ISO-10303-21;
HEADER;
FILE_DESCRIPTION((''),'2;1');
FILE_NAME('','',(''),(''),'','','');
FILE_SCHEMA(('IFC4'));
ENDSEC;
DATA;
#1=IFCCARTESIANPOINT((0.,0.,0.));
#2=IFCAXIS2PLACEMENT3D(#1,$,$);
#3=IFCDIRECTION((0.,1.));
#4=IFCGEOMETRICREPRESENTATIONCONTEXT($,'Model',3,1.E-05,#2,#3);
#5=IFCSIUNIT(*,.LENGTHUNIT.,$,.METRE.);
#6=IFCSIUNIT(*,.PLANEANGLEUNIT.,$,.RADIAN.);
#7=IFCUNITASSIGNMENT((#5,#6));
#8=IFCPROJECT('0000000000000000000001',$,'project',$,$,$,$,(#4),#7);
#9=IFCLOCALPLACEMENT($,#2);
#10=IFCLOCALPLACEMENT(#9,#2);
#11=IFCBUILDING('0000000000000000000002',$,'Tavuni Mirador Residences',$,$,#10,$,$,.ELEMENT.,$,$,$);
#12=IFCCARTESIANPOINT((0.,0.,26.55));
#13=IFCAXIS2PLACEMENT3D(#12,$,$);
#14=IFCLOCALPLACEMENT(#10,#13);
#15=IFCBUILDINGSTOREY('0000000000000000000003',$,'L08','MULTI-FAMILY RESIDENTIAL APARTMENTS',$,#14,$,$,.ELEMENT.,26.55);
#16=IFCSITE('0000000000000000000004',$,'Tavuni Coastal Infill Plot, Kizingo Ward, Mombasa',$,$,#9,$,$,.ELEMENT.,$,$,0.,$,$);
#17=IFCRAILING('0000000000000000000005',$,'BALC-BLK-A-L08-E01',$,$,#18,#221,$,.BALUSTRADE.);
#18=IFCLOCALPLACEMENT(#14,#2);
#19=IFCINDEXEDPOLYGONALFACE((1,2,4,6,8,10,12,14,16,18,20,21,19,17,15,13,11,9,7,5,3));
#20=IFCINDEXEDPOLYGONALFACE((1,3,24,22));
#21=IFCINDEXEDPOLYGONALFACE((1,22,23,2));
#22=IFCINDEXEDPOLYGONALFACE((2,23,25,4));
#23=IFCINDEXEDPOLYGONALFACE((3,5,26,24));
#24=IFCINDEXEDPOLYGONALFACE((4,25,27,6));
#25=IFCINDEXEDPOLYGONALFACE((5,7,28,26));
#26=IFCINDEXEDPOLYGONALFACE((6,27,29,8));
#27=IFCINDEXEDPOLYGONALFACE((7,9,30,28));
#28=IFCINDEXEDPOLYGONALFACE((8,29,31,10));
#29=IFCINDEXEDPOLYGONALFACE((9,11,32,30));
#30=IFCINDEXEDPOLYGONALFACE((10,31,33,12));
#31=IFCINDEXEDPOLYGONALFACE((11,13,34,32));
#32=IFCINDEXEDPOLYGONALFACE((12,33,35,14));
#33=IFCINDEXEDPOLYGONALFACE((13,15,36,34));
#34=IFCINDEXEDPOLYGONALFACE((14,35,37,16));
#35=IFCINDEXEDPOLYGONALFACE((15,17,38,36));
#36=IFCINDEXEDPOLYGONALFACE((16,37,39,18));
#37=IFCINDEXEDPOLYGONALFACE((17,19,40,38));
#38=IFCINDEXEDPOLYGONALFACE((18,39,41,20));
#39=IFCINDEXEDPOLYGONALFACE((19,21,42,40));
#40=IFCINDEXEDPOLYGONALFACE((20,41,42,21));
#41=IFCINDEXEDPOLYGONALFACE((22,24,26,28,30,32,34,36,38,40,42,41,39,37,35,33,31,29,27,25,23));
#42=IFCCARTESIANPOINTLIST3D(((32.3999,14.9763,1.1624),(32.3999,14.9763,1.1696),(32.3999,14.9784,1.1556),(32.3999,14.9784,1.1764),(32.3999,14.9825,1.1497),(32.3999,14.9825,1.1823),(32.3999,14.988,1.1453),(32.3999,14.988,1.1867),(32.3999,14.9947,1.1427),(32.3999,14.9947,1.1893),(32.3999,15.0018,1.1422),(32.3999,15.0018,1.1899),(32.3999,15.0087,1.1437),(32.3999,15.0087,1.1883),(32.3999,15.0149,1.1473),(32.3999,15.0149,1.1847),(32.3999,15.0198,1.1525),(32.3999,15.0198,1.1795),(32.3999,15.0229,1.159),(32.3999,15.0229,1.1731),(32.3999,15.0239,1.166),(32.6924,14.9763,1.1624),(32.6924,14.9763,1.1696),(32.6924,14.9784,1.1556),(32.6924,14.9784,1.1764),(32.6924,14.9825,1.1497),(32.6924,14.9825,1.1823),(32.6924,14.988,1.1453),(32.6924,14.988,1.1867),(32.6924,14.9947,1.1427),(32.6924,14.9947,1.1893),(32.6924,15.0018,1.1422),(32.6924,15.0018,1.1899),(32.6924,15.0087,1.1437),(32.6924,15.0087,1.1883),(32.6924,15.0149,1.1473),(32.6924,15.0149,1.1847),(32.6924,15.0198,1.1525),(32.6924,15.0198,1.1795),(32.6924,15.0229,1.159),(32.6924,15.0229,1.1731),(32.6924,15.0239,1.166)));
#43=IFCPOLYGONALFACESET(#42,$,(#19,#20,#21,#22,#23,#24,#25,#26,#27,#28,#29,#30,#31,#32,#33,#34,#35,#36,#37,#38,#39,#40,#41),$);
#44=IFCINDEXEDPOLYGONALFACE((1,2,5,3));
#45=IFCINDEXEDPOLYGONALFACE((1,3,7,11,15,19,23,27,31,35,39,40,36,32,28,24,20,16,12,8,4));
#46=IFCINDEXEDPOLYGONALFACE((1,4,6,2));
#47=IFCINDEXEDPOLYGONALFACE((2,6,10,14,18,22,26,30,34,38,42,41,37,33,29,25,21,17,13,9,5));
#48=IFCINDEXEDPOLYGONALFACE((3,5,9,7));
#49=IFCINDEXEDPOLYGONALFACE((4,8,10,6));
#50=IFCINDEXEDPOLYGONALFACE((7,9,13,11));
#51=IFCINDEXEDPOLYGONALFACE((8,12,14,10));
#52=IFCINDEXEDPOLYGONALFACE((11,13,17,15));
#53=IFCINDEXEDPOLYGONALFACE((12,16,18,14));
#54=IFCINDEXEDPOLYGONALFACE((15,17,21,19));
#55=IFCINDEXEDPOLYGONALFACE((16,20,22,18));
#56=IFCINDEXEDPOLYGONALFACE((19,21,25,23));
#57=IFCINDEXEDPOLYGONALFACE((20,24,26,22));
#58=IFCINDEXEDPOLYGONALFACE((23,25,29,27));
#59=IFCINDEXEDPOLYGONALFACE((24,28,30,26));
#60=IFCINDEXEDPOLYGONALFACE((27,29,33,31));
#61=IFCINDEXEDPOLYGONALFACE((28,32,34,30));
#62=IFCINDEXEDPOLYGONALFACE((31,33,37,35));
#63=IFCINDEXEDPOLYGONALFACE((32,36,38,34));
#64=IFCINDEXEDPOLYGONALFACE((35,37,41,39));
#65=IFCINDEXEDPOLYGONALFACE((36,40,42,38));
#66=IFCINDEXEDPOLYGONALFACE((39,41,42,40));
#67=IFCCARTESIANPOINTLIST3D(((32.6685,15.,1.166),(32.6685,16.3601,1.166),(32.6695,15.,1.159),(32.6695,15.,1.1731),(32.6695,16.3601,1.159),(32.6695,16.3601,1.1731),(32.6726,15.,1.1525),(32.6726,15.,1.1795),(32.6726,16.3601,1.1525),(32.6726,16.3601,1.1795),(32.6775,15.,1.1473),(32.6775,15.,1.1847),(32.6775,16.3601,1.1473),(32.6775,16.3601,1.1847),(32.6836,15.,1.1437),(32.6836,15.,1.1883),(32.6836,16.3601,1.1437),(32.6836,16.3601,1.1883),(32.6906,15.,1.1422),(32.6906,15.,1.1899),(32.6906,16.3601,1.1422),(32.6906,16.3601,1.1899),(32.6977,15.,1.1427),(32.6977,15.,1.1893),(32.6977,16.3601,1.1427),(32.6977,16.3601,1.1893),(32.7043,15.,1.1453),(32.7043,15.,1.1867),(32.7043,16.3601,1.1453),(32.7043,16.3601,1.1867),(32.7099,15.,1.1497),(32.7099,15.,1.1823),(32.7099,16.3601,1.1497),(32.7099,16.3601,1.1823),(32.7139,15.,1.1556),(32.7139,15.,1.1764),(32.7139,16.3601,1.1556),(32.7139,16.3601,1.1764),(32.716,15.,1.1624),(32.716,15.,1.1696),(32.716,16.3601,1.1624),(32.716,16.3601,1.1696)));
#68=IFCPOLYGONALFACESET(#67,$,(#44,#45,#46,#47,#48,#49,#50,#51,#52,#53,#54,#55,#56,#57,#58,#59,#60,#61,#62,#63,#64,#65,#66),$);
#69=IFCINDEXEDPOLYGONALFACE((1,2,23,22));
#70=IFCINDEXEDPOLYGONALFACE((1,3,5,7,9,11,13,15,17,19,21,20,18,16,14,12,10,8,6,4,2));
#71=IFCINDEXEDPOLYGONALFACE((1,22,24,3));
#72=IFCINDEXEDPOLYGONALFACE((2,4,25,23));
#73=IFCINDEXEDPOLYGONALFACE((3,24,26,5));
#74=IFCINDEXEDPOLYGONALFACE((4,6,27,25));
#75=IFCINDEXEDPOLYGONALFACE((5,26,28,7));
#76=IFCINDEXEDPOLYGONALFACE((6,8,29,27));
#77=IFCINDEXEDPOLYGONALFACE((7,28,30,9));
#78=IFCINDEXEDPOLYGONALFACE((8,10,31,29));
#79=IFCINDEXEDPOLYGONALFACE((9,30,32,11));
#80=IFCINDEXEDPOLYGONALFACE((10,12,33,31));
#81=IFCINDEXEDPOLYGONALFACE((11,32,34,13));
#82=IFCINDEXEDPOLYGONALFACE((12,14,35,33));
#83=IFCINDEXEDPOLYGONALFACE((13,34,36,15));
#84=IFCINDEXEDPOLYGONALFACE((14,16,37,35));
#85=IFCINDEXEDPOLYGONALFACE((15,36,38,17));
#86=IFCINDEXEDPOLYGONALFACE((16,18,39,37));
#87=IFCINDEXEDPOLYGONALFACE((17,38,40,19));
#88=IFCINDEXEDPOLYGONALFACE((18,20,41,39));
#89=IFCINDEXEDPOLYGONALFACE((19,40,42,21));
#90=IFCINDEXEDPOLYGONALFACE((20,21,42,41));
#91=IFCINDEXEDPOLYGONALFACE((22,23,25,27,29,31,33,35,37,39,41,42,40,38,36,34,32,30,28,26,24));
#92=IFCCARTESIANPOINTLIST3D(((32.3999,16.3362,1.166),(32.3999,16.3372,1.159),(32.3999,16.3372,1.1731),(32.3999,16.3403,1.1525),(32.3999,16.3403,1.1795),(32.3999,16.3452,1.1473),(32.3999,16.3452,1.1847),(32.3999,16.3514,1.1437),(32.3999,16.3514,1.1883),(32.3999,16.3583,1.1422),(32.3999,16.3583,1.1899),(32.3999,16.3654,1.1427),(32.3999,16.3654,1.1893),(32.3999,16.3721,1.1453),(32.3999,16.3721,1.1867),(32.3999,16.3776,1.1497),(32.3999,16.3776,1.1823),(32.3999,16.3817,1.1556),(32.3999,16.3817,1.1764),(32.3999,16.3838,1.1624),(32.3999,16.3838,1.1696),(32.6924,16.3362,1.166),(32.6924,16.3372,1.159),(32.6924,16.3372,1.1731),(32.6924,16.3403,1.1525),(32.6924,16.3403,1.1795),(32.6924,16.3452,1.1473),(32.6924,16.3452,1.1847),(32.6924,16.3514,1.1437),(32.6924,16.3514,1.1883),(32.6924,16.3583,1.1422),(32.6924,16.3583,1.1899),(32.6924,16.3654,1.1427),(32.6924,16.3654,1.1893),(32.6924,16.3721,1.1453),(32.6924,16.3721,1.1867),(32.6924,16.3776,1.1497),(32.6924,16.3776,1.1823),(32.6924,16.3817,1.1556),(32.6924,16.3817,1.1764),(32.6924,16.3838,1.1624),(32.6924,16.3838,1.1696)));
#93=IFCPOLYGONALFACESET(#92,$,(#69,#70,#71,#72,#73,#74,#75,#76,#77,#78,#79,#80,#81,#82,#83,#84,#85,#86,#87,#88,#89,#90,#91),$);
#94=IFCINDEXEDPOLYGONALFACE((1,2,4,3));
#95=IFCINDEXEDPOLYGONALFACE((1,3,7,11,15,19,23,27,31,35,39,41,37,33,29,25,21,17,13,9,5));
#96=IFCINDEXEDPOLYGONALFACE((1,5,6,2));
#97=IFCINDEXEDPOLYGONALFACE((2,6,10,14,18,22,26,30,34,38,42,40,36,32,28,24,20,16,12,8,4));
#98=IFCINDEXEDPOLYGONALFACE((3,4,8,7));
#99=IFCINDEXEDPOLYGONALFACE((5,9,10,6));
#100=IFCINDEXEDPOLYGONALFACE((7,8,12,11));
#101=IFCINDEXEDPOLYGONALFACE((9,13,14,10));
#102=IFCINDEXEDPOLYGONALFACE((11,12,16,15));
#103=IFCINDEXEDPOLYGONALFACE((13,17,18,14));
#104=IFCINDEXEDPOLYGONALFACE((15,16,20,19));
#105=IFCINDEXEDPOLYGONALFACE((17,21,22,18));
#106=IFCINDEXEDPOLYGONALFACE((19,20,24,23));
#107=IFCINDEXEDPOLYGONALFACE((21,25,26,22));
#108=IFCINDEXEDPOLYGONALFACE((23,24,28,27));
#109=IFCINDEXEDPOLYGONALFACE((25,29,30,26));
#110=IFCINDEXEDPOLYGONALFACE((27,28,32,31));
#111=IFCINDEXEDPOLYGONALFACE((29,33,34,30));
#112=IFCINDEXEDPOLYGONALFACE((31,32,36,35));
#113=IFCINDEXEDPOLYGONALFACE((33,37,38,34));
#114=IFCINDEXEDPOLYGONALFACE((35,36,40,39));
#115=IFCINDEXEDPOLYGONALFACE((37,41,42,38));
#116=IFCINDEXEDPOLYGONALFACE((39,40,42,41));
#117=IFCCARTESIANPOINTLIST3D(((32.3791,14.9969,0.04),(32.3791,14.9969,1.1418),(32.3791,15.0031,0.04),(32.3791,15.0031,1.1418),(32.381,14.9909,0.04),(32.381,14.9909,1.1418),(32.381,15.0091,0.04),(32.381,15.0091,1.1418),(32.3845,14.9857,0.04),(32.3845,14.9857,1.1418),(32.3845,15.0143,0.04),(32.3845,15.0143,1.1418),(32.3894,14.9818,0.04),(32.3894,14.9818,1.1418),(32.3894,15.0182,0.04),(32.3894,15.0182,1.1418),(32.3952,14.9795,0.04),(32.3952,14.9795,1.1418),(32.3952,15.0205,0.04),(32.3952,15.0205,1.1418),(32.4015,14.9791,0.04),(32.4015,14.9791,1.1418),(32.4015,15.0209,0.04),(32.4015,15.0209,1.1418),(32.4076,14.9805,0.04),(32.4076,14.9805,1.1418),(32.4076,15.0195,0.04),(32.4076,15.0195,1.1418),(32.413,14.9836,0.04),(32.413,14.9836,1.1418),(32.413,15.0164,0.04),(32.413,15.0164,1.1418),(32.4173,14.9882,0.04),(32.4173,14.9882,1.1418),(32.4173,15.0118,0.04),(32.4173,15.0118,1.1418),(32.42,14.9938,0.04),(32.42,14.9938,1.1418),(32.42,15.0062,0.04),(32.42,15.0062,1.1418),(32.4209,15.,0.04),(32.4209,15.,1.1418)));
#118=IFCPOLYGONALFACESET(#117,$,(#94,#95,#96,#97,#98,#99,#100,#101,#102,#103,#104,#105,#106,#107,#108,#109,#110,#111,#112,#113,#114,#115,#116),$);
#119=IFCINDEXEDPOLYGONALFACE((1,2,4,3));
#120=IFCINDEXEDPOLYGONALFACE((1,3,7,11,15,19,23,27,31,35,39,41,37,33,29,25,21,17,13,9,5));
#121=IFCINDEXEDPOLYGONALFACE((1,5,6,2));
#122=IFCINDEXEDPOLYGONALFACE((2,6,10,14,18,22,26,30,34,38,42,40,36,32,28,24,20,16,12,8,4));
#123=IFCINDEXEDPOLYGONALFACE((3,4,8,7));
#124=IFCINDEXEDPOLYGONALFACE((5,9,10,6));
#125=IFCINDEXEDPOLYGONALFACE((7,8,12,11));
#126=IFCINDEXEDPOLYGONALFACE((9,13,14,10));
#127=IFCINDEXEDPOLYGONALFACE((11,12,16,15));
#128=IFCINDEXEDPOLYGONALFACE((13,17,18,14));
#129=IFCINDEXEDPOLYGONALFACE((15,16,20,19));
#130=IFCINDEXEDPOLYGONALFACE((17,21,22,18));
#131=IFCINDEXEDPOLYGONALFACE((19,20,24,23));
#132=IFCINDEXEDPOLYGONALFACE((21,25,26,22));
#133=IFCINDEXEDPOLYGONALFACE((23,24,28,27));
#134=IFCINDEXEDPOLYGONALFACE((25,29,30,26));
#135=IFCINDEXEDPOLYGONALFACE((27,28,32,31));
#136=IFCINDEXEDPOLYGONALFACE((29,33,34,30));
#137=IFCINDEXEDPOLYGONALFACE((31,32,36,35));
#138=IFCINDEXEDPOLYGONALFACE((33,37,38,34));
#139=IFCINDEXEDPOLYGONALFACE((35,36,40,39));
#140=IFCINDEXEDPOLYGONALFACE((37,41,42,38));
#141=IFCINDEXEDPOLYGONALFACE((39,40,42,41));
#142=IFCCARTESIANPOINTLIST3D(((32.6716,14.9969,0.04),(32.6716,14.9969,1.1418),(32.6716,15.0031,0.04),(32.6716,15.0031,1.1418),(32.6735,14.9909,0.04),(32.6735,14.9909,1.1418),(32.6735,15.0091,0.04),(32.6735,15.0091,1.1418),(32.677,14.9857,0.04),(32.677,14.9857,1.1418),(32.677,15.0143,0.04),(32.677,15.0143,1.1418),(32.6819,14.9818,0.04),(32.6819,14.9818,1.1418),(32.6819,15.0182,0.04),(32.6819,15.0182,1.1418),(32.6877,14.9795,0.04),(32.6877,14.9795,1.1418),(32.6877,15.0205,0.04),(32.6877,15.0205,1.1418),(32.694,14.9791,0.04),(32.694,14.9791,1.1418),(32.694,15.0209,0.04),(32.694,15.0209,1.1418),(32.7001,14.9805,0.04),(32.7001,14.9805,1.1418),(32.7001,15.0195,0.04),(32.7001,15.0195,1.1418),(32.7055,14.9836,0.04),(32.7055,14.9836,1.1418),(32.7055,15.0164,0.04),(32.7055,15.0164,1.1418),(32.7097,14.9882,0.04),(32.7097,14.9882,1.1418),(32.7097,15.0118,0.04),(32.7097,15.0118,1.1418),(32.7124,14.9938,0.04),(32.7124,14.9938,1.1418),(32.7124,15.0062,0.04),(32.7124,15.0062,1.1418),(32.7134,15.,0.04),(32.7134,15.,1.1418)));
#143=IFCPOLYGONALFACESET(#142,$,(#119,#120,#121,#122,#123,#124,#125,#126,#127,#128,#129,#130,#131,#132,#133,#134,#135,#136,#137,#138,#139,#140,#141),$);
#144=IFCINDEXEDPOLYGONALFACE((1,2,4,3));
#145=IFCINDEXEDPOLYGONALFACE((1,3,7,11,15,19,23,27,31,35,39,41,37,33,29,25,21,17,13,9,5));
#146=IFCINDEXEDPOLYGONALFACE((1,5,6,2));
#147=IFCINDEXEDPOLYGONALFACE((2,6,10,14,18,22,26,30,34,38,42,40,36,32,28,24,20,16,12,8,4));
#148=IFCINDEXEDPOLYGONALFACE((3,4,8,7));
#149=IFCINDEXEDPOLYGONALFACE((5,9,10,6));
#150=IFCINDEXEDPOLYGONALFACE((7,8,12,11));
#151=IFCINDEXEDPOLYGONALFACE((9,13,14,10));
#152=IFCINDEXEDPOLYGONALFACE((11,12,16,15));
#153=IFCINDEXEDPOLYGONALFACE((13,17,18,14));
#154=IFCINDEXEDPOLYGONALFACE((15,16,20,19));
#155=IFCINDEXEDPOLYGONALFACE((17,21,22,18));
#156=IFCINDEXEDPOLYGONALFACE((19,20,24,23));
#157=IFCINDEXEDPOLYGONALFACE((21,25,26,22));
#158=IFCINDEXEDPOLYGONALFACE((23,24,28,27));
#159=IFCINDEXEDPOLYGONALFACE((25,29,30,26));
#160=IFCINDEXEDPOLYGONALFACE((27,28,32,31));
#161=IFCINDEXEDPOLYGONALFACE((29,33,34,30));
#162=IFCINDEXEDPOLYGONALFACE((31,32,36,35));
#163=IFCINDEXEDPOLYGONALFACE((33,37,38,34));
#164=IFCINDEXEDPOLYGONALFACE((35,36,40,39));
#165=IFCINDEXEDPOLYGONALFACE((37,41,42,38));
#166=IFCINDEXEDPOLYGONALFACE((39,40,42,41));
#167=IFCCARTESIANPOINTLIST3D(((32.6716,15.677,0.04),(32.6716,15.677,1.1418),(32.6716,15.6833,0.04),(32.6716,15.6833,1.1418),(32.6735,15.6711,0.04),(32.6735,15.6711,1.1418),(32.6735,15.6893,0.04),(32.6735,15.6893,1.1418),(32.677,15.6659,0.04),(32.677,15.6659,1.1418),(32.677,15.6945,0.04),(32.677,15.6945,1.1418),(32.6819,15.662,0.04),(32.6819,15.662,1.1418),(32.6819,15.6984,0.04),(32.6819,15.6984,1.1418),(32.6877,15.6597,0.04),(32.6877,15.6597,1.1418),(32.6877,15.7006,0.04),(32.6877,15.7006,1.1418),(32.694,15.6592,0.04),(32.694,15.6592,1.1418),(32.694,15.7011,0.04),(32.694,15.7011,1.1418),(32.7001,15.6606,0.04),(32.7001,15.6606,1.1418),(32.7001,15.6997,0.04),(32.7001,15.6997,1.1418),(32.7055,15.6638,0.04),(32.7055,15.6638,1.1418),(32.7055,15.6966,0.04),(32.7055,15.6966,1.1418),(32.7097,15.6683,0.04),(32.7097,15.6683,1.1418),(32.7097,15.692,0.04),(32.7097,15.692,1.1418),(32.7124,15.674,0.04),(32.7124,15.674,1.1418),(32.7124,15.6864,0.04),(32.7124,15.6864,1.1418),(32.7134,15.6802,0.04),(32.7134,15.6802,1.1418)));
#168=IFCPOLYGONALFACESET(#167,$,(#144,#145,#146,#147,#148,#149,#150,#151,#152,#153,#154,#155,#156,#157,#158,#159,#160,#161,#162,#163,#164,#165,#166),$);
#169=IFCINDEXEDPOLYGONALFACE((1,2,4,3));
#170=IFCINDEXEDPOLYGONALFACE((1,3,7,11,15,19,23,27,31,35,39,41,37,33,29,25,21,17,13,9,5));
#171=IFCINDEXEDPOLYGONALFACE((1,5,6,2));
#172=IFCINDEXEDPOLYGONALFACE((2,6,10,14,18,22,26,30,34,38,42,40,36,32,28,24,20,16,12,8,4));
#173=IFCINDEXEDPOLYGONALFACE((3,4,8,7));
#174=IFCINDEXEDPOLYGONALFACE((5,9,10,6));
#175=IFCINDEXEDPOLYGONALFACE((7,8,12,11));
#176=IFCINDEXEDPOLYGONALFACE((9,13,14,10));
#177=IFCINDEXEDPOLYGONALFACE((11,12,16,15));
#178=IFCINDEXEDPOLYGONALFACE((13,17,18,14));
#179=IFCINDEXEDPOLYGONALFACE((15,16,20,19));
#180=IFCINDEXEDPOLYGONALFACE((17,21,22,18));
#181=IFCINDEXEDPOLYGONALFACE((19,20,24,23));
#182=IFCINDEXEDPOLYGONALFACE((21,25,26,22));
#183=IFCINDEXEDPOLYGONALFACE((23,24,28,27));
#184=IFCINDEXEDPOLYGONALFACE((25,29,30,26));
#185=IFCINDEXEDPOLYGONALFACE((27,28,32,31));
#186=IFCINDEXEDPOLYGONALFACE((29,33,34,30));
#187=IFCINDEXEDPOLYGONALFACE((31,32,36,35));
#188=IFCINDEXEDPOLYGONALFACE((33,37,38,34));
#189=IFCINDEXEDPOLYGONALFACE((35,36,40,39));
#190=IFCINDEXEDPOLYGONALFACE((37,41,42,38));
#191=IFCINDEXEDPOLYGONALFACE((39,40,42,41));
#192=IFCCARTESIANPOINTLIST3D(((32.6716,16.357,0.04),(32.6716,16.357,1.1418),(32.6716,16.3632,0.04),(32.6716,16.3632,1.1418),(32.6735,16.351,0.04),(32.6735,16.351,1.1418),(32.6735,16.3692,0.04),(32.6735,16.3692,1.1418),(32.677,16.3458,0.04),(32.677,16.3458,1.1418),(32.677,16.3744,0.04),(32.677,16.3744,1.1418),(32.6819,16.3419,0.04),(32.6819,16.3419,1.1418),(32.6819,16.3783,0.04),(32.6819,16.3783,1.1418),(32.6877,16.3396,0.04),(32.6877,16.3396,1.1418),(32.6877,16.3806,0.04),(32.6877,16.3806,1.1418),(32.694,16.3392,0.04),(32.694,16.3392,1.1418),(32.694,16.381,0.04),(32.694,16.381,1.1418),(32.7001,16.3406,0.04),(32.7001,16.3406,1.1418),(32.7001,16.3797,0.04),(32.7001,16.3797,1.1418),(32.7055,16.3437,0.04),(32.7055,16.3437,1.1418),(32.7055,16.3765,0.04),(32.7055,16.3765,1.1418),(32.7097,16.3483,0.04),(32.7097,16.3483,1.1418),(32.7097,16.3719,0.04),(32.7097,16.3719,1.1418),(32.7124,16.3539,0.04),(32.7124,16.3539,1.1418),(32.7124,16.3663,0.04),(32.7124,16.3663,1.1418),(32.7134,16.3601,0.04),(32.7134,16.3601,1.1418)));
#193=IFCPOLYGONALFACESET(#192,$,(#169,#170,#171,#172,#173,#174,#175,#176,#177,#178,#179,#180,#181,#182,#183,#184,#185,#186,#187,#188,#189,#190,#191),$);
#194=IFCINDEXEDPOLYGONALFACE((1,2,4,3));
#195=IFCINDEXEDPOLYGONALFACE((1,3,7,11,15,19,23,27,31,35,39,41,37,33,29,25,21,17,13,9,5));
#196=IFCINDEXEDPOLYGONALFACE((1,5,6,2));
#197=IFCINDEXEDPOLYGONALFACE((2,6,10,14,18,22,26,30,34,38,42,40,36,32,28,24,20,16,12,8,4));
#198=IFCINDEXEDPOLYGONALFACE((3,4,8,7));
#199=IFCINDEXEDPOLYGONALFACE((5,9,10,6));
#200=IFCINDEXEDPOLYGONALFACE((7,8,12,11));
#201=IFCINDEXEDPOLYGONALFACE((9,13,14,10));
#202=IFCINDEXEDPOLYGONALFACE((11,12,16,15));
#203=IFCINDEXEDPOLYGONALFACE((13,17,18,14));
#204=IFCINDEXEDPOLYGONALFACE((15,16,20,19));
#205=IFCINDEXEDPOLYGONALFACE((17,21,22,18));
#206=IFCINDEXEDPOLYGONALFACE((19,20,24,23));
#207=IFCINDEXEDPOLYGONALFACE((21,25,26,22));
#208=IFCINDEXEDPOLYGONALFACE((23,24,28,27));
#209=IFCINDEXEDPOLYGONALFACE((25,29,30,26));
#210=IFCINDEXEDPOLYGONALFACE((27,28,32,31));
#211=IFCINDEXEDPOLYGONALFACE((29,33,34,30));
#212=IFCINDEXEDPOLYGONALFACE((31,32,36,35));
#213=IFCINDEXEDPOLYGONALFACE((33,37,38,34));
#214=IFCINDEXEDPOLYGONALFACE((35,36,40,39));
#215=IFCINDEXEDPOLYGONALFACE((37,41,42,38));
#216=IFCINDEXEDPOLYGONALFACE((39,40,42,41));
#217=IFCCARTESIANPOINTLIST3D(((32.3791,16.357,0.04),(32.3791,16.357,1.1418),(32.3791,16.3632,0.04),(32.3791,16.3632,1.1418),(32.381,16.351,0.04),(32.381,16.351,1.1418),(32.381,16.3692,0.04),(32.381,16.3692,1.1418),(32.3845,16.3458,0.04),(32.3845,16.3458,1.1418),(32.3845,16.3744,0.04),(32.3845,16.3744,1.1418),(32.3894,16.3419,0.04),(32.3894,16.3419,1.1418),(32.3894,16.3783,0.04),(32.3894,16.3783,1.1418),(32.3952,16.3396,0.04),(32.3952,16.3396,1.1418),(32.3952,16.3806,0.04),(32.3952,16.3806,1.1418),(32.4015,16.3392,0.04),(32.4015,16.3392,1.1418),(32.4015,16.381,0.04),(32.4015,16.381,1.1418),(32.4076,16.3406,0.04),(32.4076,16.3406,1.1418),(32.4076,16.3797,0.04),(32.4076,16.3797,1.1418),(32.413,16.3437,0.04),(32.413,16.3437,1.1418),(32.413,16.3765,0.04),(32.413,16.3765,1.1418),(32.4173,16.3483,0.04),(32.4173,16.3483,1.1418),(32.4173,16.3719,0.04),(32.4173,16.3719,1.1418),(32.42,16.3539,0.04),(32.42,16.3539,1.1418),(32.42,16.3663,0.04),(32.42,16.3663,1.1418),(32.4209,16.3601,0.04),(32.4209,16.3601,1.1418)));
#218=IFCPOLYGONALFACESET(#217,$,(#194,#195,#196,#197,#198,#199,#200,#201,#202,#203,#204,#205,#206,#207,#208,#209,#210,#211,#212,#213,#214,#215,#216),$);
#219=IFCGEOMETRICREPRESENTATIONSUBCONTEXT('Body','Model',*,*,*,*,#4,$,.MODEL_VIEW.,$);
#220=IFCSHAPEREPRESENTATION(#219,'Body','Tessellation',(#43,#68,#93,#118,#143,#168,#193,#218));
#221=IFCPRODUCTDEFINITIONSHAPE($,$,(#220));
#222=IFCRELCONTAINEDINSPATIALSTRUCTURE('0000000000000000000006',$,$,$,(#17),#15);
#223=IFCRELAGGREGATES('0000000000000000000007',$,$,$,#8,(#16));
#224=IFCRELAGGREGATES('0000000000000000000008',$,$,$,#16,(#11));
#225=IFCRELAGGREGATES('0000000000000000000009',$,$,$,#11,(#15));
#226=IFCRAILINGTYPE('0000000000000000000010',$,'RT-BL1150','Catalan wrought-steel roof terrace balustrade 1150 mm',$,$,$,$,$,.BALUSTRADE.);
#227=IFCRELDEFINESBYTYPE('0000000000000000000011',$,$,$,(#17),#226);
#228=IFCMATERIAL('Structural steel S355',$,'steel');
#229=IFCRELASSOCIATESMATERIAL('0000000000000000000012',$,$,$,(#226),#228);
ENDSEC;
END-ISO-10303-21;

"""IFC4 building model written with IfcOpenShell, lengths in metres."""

from ifc_helpers import new_model, si_unit, direction, frame, origin, origin_2d, place, context, subcontext, project, spatial, circle, extrude, material, type_object, element, save


model = new_model("IFC4")

# Units and contexts
model_context = context("Model", 3, precision=1e-05, world=origin(), true_north=direction((0.0, 1.0)))
body_context = subcontext(model_context, "Body", "Model", "MODEL_VIEW")
ifc_project = project(units=[si_unit("LENGTHUNIT", "METRE"), si_unit("PLANEANGLEUNIT", "RADIAN")], contexts=[model_context])

# Site, building, storey
site_placement = place(None, origin())
site = spatial("IfcSite", under=ifc_project, at=site_placement, Name="Tavuni Coastal Infill Plot, Kizingo Ward, Mombasa", CompositionType="ELEMENT", RefElevation=0.0)
building_placement = place(site_placement, origin())
building = spatial("IfcBuilding", under=site, at=building_placement, Name="Tavuni Mirador Residences", CompositionType="ELEMENT")
storey_placement = place(building_placement, frame((0.0, 0.0, 26.55)))
storey = spatial("IfcBuildingStorey", under=building, at=storey_placement, Name="L08", Description="MULTI-FAMILY RESIDENTIAL APARTMENTS", CompositionType="ELEMENT", Elevation=26.55)

# Shared definitions
ifc_material_1 = material(Name="Structural steel S355", Category="steel")

# Railing
railing_type = type_object("IfcRailingType", Name="RT-BL1150", Description="Catalan wrought-steel roof terrace balustrade 1150 mm", PredefinedType="BALUSTRADE", material=ifc_material_1)
railing_placement = place(storey_placement, frame((32.3999, 15.0, 0.04)))
element("IfcRailing", 1, at=railing_placement, inside=storey, type_object=railing_type, Name="BALC-BLK-A-L08-E01", PredefinedType="BALUSTRADE", context=body_context, shape_type="SweptSolid", body=[
    extrude(circle(Radius=0.0239, at=origin_2d()), frame((0.0, 0.0, 1.126), z_axis=(1.0, 0.0, 0.0), x_axis=(0.0, 1.0, 0.0)), (0.0, 0.0, 1.0), 0.2925),
    extrude(circle(Radius=0.0239, at=origin_2d()), frame((0.2925, 0.0, 1.126), z_axis=(0.0, 1.0, 0.0), x_axis=(-1.0, 0.0, 0.0)), (0.0, 0.0, 1.0), 1.3601),
    extrude(circle(Radius=0.0239, at=origin_2d()), frame((0.2925, 1.3601, 1.126), z_axis=(-1.0, 0.0, 0.0), x_axis=(0.0, -1.0, 0.0)), (0.0, 0.0, 1.0), 0.2925),
    extrude(circle(Radius=0.021, at=origin_2d()), origin(), (0.0, 0.0, 1.0), 1.1018),
    extrude(circle(Radius=0.021, at=origin_2d()), frame((0.2925, 0.0, 0.0)), (0.0, 0.0, 1.0), 1.1018),
    extrude(circle(Radius=0.021, at=origin_2d()), frame((0.2925, 0.6802, 0.0)), (0.0, 0.0, 1.0), 1.1018),
    extrude(circle(Radius=0.021, at=origin_2d()), frame((0.2925, 1.3601, 0.0)), (0.0, 0.0, 1.0), 1.1018),
    extrude(circle(Radius=0.021, at=origin_2d()), frame((0.0, 1.3601, 0.0)), (0.0, 0.0, 1.0), 1.1018),
])

save(model, "model.ifc")
